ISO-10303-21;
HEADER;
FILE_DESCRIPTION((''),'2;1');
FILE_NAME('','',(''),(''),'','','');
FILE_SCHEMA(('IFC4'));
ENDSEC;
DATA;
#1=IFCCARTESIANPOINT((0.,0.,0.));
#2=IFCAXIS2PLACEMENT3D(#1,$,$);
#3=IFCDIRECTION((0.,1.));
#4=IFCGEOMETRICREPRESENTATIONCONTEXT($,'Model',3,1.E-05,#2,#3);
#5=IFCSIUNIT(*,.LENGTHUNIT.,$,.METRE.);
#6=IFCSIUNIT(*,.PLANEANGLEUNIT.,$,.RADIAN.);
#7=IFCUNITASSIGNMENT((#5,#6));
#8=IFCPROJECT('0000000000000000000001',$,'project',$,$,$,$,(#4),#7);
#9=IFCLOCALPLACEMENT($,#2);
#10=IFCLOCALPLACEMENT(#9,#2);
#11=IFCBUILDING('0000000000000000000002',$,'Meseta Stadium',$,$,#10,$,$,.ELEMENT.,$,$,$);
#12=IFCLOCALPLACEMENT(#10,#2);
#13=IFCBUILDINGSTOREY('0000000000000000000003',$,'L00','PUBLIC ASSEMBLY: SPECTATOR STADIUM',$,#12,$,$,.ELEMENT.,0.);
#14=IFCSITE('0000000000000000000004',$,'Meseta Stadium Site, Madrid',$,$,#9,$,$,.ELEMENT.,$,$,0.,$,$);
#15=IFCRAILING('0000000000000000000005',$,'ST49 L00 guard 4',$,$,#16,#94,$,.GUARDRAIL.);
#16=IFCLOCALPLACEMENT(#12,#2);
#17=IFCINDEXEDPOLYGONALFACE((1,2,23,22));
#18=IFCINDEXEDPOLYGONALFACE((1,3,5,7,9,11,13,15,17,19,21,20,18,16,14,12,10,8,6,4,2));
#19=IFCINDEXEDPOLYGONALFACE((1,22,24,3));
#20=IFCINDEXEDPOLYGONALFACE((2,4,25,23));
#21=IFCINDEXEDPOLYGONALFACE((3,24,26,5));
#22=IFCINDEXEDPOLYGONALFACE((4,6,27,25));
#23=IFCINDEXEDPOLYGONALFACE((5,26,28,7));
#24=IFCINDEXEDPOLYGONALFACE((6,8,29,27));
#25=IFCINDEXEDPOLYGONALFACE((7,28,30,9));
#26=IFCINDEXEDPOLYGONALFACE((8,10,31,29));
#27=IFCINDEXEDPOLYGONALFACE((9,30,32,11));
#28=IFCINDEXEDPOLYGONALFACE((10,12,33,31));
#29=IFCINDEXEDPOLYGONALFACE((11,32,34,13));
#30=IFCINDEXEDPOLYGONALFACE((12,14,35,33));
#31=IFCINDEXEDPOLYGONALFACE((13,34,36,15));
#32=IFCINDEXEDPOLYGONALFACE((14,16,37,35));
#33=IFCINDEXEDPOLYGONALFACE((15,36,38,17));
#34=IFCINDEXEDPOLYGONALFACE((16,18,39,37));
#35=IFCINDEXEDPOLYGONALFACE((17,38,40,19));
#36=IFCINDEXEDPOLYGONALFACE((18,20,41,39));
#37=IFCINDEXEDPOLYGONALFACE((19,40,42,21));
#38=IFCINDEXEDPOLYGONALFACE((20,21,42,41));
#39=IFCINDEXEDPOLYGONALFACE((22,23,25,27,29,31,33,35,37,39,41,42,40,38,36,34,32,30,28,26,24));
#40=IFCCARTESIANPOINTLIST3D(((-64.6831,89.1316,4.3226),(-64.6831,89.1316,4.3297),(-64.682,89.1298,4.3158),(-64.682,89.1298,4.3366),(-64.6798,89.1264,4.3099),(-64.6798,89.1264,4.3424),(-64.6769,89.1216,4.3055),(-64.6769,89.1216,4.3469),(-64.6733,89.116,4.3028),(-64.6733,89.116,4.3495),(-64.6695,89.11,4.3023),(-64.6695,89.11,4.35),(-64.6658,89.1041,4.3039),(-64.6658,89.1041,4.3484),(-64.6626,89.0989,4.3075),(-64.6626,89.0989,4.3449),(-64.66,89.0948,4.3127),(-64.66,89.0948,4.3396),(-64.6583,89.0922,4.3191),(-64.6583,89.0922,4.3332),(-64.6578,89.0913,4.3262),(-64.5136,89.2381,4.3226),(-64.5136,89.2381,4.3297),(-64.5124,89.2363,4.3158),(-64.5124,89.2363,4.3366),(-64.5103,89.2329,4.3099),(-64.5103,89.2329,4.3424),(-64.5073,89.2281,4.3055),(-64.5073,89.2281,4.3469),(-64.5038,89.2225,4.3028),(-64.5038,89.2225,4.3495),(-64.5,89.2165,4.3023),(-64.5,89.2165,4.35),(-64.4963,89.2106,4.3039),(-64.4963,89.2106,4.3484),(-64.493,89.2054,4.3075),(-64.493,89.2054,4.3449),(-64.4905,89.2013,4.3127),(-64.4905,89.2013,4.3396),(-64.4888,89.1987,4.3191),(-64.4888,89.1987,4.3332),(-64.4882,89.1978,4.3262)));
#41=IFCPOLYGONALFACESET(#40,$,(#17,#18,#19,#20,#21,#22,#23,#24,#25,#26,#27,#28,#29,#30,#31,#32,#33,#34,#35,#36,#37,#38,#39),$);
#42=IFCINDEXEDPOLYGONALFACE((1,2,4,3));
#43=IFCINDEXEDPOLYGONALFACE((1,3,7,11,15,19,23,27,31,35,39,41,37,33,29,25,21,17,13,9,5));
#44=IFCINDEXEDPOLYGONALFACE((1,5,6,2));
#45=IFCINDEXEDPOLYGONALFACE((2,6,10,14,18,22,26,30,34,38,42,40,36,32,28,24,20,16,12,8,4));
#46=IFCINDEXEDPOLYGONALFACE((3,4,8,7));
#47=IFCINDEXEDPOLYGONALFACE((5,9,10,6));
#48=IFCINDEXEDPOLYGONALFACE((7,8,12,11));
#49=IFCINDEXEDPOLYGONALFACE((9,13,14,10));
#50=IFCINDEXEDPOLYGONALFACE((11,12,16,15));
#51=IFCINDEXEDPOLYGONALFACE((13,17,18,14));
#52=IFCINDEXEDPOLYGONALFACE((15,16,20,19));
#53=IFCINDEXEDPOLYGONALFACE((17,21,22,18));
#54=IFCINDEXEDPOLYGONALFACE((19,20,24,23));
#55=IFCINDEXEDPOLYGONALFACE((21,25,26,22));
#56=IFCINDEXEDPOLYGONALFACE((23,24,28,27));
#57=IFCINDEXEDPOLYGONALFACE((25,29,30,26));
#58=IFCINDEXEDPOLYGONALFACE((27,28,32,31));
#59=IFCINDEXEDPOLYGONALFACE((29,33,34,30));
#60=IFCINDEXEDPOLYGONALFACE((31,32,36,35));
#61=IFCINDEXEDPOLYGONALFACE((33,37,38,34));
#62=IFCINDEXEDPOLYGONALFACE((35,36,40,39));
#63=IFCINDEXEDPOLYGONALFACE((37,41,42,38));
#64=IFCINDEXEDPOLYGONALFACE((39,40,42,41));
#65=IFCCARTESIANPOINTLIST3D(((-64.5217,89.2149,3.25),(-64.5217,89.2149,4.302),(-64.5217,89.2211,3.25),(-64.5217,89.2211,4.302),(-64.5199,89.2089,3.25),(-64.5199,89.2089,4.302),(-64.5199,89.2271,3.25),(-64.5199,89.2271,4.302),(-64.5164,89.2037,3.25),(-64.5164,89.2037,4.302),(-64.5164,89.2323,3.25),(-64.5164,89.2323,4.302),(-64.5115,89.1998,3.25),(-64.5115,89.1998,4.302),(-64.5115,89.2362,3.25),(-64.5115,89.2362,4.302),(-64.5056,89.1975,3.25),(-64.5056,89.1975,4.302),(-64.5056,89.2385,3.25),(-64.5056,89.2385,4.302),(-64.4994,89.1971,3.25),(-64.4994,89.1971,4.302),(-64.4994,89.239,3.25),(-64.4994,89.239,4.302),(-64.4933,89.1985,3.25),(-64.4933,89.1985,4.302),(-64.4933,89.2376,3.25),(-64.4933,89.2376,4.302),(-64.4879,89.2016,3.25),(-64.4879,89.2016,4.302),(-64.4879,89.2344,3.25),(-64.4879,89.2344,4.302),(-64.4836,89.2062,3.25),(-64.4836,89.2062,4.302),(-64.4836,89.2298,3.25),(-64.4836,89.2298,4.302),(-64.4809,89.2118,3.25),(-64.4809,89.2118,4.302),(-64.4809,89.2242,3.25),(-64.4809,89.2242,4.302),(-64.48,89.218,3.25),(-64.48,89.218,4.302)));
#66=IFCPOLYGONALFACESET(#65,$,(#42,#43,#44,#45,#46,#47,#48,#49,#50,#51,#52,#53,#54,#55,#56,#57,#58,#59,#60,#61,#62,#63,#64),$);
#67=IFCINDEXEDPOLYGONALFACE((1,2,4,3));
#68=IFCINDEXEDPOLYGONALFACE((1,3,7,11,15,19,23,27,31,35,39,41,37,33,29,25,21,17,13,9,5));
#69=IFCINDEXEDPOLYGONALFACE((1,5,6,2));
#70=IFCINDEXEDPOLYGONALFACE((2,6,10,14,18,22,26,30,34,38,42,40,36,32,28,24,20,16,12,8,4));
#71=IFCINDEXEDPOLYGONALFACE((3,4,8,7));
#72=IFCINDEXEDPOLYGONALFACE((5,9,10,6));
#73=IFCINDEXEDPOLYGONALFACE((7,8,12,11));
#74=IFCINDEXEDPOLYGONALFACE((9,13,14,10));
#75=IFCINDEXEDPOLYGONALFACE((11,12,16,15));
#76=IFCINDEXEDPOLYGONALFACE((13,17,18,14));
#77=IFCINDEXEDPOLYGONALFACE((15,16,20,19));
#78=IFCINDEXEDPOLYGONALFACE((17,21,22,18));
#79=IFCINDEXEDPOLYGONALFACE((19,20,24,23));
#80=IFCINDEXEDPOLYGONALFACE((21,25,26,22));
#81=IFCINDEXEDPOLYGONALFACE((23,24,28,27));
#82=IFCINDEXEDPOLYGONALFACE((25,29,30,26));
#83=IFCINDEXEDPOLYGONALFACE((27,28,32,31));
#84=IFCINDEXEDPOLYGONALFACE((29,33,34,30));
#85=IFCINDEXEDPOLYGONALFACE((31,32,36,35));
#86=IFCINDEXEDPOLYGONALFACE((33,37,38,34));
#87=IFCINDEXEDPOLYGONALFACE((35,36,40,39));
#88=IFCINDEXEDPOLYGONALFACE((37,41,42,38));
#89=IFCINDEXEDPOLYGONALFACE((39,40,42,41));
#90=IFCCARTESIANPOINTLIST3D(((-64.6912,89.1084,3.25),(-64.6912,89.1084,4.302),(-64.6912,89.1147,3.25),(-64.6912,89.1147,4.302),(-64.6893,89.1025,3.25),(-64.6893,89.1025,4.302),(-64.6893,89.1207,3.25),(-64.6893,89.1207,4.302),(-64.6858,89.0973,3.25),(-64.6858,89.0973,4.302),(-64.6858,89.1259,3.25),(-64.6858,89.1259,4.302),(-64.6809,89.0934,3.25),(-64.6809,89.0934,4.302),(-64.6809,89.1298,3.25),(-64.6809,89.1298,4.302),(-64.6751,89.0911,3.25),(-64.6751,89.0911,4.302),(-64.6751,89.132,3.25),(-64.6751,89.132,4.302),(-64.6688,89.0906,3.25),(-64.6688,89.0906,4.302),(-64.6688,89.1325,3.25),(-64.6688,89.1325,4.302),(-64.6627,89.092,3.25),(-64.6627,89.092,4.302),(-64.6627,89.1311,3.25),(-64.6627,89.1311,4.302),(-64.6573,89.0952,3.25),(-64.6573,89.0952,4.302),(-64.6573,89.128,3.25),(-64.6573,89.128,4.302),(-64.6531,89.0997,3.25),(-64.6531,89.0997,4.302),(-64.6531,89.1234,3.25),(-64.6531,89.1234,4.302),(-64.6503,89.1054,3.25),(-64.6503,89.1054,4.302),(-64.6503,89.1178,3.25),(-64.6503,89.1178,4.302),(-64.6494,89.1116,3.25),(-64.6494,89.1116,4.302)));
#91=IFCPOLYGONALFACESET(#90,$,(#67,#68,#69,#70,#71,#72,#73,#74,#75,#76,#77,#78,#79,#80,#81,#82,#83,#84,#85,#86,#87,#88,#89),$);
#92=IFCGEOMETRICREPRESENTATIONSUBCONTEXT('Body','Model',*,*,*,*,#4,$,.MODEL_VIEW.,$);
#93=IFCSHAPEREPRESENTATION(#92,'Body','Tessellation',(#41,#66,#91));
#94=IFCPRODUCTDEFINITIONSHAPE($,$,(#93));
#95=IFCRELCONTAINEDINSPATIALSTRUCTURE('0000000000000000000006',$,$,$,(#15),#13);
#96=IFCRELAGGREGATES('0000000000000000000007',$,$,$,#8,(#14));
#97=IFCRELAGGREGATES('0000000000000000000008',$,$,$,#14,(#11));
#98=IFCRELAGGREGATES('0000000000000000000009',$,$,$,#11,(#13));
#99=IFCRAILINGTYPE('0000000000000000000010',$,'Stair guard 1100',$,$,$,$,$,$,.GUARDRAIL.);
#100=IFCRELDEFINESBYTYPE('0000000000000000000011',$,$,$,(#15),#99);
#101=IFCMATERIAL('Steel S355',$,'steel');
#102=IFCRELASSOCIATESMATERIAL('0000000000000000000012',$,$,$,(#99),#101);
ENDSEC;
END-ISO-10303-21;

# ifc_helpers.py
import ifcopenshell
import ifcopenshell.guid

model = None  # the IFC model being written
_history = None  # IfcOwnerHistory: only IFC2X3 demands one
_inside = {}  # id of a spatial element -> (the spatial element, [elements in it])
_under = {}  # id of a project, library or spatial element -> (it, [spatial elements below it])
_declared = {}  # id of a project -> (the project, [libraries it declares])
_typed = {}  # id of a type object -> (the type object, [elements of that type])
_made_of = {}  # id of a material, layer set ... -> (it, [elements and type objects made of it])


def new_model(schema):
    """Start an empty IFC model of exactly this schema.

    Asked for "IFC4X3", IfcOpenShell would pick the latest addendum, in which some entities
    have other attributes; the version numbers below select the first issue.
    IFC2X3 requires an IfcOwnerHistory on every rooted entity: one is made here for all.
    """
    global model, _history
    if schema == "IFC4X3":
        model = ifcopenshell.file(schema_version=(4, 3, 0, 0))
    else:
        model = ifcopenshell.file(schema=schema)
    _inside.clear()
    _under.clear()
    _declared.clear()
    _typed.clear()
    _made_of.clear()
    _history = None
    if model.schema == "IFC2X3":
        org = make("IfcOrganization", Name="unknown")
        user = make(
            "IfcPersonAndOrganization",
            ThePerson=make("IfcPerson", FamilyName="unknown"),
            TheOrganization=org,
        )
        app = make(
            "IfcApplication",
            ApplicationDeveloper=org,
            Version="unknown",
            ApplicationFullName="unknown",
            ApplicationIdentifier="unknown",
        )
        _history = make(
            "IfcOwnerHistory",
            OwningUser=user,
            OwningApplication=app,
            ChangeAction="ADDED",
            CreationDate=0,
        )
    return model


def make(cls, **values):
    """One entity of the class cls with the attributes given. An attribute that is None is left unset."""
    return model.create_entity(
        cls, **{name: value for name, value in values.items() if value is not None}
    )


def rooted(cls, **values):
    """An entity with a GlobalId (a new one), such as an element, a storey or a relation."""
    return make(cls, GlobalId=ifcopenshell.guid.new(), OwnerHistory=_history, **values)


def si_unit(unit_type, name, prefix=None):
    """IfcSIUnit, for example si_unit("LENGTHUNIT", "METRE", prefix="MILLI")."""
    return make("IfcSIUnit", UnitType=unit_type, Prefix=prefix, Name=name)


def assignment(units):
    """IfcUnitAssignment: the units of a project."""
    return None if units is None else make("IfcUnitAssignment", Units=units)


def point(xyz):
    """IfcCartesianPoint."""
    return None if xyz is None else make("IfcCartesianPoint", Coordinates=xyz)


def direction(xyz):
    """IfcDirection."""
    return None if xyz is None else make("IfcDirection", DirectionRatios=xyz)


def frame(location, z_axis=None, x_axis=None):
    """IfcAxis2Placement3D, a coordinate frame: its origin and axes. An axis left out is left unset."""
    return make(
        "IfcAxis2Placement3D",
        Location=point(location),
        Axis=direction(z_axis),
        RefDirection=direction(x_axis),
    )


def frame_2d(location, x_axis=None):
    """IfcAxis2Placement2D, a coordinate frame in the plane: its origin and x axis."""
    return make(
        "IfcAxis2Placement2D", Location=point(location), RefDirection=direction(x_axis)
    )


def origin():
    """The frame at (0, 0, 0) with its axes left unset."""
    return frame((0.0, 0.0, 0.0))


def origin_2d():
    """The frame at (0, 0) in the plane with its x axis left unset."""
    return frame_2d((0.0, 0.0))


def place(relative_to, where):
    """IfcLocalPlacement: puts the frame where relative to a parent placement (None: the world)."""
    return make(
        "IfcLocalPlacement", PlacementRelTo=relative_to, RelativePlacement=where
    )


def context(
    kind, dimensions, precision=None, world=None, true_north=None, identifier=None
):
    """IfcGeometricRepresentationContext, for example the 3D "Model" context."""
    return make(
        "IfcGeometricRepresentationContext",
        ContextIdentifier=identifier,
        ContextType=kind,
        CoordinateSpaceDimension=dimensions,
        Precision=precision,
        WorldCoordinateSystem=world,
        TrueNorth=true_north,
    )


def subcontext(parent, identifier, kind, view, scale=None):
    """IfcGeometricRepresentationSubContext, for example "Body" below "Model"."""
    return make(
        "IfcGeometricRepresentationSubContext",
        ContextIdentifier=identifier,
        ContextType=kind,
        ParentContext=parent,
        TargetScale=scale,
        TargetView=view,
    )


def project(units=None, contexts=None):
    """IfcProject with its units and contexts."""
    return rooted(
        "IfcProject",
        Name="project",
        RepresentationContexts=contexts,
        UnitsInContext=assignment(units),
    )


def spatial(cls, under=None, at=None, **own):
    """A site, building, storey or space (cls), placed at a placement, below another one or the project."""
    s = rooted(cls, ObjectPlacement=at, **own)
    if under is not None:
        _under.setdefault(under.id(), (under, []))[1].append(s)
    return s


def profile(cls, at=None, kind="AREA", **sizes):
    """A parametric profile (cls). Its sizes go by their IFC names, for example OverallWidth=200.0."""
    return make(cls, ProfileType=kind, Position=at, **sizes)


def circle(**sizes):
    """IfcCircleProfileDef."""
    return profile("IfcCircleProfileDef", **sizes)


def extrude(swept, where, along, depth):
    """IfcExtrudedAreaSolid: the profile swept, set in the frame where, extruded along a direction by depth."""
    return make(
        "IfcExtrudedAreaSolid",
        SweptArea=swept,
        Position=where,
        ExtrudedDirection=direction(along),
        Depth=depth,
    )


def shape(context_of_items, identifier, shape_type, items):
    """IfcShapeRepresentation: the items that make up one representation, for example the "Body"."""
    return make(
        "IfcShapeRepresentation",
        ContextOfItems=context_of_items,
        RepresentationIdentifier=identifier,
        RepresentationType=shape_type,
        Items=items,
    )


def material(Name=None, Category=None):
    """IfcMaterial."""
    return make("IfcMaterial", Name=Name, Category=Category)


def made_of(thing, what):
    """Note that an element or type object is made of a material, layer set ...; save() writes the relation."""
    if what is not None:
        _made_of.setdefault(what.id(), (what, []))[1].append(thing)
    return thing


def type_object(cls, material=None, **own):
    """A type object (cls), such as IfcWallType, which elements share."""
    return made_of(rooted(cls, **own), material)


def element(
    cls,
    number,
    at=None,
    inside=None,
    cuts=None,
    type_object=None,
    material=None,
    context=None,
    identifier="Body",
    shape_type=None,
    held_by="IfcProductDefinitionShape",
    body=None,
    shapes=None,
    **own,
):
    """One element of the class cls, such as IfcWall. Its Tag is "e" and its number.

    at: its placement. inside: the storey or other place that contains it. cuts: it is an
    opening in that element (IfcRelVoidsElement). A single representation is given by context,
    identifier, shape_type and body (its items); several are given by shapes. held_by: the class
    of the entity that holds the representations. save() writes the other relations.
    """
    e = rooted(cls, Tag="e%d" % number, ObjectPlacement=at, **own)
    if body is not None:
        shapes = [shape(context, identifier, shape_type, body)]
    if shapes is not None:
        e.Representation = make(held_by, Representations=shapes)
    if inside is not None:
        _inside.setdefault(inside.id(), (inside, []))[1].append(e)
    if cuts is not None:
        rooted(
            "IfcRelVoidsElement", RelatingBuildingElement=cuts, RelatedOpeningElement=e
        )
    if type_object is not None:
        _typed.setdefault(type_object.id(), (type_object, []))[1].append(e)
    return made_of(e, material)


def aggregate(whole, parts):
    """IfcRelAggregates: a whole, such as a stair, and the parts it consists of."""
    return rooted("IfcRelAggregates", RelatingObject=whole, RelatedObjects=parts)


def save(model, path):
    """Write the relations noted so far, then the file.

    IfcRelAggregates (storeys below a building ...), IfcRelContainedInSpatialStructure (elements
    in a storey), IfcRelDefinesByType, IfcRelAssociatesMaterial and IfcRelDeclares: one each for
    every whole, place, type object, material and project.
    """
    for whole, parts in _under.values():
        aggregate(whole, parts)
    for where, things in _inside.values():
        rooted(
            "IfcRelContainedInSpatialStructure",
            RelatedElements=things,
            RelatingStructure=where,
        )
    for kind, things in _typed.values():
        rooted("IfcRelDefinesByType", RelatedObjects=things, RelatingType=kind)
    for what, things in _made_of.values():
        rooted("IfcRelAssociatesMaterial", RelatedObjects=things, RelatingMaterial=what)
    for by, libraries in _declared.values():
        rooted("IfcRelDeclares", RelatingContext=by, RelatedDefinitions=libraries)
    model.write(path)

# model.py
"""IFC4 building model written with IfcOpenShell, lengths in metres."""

from ifc_helpers import new_model, si_unit, direction, frame, origin, origin_2d, place, context, subcontext, project, spatial, circle, extrude, material, type_object, element, save


model = new_model("IFC4")

# Units and contexts
model_context = context("Model", 3, precision=1e-05, world=origin(), true_north=direction((0.0, 1.0)))
body_context = subcontext(model_context, "Body", "Model", "MODEL_VIEW")
ifc_project = project(units=[si_unit("LENGTHUNIT", "METRE"), si_unit("PLANEANGLEUNIT", "RADIAN")], contexts=[model_context])

# Site, building, storey
site_placement = place(None, origin())
site = spatial("IfcSite", under=ifc_project, at=site_placement, Name="Meseta Stadium Site, Madrid", CompositionType="ELEMENT", RefElevation=0.0)
building_placement = place(site_placement, origin())
building = spatial("IfcBuilding", under=site, at=building_placement, Name="Meseta Stadium", CompositionType="ELEMENT")
storey_placement = place(building_placement, origin())
storey = spatial("IfcBuildingStorey", under=building, at=storey_placement, Name="L00", Description="PUBLIC ASSEMBLY: SPECTATOR STADIUM", CompositionType="ELEMENT", Elevation=0.0)

# Railing
ifc_material_1 = material(Name="Steel S355", Category="steel")
railing_type_1 = type_object("IfcRailingType", Name="Stair guard 1100", PredefinedType="GUARDRAIL", material=ifc_material_1)
railing_1_placement = place(storey_placement, frame((-64.501, 89.218, 3.25)))
element("IfcRailing", 1, at=railing_1_placement, inside=storey, type_object=railing_type_1, Name="ST49 L00 guard 4", PredefinedType="GUARDRAIL", context=body_context, shape_type="SweptSolid", body=[
    extrude(circle(Radius=0.0239, at=origin_2d()), frame((0.0, 0.0, 1.0762), z_axis=(-0.846762, -0.531972, 0.0), x_axis=(0.531972, -0.846762, 0.0)), (0.0, 0.0, 1.0), 0.2002),
    extrude(circle(Radius=0.021, at=origin_2d()), origin(), (0.0, 0.0, 1.0), 1.052),
    extrude(circle(Radius=0.021, at=origin_2d()), frame((-0.1694, -0.1064, 0.0)), (0.0, 0.0, 1.0), 1.052),
])

save(model, "model.ifc")
